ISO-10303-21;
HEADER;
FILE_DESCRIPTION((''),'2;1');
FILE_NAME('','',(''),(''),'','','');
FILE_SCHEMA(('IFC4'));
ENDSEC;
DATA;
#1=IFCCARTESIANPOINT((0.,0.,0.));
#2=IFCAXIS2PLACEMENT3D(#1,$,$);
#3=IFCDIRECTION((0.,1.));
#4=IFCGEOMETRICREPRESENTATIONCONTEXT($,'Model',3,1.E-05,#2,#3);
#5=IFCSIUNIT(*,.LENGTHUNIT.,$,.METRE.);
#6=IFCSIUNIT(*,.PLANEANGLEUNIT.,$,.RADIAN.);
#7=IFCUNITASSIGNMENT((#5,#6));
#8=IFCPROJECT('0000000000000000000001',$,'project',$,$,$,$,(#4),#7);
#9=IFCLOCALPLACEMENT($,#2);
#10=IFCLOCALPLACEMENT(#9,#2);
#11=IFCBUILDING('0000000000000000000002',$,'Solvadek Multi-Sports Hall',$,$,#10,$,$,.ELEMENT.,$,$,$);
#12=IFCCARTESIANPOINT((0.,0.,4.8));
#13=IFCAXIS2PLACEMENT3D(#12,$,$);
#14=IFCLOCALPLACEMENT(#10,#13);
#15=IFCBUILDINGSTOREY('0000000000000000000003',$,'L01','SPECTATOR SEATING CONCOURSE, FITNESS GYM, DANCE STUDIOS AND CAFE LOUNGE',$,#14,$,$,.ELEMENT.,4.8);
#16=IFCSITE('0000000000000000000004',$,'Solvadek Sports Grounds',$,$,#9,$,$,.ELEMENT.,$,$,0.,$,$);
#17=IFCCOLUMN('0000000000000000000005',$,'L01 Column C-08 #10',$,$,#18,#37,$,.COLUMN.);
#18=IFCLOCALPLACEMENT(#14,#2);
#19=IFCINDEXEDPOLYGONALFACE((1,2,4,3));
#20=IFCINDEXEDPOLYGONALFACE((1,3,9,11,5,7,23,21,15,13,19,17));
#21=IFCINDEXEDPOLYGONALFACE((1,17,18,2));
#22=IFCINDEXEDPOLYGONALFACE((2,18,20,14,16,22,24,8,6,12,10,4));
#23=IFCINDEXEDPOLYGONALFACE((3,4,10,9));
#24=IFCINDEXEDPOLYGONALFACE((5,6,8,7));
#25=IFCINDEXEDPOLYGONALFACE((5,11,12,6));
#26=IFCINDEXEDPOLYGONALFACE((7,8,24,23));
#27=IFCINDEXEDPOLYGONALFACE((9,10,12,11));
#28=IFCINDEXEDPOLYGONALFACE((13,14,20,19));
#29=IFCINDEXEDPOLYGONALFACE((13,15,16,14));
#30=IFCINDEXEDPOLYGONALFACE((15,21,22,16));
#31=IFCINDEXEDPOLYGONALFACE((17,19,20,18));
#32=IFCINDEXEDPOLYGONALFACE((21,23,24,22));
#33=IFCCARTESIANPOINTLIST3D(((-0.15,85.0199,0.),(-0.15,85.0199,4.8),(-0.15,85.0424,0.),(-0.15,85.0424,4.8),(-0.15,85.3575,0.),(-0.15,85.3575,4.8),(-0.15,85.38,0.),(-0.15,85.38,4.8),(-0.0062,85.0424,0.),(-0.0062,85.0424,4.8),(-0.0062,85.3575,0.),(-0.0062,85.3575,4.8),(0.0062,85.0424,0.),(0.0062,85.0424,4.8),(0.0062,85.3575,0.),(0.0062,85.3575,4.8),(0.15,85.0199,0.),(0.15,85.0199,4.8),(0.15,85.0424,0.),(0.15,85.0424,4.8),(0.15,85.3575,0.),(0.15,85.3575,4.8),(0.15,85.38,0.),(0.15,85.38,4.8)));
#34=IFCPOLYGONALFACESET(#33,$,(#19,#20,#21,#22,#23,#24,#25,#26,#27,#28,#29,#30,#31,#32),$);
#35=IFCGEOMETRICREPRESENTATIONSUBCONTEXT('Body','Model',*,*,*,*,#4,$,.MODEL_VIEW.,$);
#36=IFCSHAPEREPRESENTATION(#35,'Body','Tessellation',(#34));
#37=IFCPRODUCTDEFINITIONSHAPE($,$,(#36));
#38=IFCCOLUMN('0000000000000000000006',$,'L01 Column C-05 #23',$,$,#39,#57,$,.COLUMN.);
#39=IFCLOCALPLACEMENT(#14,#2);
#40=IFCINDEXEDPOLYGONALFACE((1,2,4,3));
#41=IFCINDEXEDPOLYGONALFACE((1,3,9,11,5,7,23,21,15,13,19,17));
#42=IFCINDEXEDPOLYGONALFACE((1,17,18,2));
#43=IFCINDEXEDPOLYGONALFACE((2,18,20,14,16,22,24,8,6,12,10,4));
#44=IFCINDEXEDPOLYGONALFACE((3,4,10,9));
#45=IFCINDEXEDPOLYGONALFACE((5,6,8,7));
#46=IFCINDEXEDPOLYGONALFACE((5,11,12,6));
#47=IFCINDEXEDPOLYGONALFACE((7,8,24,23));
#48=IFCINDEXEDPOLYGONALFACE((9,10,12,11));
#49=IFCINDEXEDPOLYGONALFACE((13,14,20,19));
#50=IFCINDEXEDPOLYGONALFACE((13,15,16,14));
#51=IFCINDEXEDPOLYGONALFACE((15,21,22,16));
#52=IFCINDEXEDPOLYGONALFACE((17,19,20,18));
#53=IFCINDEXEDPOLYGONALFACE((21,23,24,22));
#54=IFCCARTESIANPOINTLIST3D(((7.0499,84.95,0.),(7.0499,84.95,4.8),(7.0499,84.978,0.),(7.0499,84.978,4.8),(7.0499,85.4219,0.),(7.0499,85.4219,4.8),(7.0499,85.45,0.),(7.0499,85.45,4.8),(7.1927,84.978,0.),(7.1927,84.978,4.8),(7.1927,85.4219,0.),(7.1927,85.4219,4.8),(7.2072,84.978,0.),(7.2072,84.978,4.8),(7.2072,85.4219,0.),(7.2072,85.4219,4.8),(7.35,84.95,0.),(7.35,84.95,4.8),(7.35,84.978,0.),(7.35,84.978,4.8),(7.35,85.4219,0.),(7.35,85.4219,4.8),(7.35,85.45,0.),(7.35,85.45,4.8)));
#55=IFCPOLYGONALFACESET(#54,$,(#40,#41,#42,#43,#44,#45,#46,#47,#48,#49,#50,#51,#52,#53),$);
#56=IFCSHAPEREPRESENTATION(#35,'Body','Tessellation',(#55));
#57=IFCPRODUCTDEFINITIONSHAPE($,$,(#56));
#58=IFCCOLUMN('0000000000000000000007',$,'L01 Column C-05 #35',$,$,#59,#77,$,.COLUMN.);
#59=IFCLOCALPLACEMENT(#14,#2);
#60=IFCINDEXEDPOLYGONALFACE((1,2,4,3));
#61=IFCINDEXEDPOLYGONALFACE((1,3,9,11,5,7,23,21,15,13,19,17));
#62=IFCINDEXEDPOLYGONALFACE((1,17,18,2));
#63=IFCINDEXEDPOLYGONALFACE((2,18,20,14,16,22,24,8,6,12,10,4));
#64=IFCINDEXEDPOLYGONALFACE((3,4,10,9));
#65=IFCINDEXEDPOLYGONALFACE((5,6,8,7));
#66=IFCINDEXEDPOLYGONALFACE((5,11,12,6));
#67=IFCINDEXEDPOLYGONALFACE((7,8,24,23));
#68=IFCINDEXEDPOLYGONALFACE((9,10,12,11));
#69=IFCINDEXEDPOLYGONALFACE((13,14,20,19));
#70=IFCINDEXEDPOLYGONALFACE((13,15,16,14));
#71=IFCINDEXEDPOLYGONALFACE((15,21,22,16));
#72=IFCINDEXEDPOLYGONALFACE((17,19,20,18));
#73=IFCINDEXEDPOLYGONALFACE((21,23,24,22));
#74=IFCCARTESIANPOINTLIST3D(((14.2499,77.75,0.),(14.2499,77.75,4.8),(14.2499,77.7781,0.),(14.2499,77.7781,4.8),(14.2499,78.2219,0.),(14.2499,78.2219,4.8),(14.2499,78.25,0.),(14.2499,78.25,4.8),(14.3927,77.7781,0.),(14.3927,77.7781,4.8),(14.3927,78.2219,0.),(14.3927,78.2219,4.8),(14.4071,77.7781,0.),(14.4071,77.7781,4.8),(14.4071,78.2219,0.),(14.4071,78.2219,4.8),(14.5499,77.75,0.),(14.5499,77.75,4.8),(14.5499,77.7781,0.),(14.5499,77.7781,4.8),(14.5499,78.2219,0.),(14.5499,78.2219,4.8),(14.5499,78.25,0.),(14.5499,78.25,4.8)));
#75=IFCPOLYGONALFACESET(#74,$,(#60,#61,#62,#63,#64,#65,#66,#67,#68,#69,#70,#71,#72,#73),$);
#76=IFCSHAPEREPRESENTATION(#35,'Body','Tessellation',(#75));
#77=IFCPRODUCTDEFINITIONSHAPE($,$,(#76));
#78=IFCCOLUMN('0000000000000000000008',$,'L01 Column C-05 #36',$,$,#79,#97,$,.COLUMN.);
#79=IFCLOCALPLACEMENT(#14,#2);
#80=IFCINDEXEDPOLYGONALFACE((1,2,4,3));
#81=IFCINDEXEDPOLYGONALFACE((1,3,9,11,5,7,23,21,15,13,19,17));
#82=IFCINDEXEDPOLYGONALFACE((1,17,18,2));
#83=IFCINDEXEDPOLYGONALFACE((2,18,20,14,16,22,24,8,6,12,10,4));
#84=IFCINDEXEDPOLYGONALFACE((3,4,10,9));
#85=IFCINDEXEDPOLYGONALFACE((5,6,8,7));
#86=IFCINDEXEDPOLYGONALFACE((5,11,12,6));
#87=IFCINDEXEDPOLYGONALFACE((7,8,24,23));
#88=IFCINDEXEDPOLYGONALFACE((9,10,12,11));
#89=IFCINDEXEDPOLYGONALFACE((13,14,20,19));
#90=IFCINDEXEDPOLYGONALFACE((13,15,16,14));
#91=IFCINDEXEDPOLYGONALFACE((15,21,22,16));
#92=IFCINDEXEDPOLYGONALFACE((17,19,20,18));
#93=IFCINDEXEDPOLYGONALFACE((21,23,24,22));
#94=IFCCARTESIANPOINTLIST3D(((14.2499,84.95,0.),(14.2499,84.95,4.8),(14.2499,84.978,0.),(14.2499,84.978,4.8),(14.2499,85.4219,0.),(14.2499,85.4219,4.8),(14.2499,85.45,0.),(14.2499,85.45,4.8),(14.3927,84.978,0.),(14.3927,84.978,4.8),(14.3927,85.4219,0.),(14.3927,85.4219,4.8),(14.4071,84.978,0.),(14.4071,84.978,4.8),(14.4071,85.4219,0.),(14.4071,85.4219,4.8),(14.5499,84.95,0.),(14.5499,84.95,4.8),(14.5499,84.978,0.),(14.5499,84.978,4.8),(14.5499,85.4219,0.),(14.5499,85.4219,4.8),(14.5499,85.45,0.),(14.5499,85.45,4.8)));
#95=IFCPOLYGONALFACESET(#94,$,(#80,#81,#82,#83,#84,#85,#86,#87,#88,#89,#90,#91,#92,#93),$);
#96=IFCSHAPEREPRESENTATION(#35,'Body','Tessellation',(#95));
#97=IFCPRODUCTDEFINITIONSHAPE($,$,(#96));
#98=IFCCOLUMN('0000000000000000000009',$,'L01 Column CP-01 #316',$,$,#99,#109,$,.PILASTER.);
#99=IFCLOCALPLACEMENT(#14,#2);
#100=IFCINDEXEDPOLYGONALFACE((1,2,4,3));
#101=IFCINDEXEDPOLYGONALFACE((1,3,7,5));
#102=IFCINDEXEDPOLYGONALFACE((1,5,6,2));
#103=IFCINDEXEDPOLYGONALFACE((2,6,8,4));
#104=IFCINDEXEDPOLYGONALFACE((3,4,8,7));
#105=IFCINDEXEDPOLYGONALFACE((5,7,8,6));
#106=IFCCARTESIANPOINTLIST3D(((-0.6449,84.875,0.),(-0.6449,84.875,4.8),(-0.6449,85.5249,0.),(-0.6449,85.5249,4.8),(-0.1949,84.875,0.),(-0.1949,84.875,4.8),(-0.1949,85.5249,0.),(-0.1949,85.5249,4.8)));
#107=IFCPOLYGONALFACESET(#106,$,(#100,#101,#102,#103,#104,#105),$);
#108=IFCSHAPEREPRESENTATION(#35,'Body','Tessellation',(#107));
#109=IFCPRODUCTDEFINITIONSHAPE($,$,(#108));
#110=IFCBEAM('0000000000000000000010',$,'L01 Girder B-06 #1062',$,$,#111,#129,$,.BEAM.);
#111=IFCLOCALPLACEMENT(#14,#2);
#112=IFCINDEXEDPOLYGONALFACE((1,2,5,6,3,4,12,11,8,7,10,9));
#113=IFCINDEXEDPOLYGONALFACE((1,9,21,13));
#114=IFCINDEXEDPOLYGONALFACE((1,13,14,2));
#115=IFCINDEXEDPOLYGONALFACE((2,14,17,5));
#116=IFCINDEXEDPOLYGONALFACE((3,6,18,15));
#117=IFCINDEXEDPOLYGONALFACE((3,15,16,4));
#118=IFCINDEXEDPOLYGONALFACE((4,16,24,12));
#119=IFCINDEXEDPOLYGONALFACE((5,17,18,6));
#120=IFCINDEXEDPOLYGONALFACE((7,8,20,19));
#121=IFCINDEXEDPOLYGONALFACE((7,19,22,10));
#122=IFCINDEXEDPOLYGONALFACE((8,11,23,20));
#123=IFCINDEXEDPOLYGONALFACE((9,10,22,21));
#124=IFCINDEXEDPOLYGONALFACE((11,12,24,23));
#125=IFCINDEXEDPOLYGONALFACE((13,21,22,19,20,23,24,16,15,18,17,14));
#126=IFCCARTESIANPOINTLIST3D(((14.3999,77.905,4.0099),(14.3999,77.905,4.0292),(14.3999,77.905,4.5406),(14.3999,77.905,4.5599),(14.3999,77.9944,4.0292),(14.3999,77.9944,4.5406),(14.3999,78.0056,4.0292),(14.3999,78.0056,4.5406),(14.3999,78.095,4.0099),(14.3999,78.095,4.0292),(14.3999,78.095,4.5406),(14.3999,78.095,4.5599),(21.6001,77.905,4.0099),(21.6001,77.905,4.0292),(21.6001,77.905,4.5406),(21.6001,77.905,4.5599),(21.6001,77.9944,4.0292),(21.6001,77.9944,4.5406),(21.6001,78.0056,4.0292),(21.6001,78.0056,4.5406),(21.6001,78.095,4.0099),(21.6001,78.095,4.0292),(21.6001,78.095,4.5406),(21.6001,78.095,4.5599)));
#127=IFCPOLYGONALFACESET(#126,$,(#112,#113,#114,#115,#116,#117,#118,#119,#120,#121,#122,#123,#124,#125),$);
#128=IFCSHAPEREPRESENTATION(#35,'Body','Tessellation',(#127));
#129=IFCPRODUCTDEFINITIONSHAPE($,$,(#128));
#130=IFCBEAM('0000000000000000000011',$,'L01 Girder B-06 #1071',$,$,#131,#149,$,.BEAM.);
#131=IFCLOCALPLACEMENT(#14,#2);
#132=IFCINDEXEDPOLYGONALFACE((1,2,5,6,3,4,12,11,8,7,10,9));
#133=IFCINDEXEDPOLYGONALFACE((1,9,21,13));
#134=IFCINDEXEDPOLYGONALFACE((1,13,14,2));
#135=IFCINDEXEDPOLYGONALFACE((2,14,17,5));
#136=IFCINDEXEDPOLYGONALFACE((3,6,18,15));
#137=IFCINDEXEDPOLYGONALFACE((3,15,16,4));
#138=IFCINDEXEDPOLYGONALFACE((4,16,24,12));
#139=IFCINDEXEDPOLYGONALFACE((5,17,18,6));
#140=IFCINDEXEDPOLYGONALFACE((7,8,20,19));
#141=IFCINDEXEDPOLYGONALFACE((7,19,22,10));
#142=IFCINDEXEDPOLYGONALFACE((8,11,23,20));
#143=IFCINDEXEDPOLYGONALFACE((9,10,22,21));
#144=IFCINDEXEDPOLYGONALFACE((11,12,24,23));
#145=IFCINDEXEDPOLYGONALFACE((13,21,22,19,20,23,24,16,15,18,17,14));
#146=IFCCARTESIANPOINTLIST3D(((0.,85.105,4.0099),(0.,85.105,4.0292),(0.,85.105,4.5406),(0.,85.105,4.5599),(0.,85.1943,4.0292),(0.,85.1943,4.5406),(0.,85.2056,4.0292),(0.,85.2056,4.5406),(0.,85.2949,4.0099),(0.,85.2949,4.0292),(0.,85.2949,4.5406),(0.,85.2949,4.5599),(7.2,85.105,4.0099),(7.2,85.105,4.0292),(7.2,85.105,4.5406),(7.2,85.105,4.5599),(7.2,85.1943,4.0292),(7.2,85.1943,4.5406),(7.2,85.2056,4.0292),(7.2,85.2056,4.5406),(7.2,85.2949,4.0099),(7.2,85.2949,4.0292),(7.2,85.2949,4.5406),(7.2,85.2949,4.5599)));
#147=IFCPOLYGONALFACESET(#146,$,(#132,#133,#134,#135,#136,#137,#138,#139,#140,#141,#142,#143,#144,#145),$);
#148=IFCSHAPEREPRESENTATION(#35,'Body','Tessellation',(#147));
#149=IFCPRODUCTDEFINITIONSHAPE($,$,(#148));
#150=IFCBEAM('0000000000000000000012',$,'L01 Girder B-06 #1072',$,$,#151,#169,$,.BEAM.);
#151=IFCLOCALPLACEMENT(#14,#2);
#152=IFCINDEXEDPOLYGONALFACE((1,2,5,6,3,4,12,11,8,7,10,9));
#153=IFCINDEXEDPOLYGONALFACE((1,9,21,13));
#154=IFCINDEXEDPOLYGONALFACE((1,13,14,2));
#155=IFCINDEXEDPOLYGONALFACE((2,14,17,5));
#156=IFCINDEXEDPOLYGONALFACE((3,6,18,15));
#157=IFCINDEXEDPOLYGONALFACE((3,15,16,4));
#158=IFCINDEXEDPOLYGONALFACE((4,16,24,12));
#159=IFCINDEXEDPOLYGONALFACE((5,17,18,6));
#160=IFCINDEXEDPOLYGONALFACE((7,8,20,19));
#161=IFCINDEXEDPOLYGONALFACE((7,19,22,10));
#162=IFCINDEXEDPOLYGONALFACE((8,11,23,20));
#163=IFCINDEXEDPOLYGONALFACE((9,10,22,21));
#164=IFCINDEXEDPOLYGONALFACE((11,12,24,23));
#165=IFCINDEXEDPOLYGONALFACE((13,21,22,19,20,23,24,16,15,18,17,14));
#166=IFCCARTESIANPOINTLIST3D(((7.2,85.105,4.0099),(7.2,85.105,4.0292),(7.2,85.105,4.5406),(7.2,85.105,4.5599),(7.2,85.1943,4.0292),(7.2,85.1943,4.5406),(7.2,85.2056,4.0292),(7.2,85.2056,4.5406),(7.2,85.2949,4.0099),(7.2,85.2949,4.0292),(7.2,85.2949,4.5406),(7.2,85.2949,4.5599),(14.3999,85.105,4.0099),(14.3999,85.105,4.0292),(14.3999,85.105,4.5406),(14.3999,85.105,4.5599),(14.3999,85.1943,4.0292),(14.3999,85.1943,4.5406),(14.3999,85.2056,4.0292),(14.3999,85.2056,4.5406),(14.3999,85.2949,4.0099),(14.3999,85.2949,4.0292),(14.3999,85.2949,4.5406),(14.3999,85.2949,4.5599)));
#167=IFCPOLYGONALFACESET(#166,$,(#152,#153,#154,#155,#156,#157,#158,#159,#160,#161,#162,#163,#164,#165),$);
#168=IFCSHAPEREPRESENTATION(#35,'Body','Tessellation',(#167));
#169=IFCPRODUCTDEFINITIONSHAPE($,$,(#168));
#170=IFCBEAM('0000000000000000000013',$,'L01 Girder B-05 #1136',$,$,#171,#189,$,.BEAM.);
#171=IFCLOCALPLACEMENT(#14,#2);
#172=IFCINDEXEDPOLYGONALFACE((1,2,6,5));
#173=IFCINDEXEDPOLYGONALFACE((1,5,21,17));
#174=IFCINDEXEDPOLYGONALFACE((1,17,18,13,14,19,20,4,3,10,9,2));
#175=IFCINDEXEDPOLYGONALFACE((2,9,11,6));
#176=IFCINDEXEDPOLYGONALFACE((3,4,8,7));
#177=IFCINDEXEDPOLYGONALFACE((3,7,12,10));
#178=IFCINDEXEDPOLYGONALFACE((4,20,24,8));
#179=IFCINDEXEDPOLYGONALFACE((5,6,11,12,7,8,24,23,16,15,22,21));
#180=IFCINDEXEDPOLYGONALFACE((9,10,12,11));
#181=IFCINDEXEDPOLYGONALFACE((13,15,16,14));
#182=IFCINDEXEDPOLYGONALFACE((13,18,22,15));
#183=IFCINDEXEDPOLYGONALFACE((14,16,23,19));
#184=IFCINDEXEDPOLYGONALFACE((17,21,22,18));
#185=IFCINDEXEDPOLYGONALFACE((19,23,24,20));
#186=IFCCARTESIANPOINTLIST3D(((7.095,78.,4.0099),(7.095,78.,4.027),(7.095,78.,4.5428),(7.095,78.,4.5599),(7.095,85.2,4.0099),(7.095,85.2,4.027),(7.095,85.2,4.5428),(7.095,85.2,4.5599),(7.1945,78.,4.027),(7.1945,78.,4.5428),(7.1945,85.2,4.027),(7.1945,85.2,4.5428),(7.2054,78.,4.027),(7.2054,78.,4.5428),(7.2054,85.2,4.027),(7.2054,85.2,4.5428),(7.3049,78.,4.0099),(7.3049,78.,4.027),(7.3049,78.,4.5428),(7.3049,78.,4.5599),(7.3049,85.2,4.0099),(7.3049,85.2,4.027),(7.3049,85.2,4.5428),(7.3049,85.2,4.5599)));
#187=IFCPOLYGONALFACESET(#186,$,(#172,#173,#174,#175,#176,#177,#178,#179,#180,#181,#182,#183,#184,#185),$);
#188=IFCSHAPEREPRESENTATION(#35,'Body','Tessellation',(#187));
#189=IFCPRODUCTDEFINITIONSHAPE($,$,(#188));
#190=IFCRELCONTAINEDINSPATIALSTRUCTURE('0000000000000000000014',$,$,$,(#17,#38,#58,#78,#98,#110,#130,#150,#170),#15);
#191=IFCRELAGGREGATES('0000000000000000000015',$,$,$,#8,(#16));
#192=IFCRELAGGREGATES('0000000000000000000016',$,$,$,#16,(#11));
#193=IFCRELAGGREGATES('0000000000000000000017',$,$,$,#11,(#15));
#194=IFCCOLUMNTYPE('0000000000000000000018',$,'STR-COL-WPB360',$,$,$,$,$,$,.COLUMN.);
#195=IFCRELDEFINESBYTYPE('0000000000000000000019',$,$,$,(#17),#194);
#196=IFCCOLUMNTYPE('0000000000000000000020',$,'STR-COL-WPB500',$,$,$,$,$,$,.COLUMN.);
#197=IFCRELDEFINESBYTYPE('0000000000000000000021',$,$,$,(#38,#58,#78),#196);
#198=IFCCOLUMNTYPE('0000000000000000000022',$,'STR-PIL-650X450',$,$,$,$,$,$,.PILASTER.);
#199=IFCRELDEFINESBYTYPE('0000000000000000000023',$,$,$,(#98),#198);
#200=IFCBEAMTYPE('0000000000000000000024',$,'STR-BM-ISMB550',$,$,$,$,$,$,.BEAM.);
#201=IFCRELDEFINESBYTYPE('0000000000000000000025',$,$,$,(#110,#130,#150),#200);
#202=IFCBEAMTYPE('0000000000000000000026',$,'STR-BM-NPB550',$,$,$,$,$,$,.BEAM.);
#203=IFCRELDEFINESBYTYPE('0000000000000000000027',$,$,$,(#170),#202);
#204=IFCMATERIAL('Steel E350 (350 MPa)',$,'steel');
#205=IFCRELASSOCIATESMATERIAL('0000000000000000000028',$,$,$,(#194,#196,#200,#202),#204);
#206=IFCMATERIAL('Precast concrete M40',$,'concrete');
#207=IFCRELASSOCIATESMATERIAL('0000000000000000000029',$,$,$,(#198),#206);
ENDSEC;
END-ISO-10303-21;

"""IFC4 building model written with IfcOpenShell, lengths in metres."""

from ifc_helpers import new_model, si_unit, direction, frame, origin, origin_2d, place, context, subcontext, project, spatial, rectangle, i_section, extrude, material, material_profile, profile_set, type_object, element, save


model = new_model("IFC4")

# Units and contexts
model_context = context("Model", 3, precision=1e-05, world=origin(), true_north=direction((0.0, 1.0)))
body_context = subcontext(model_context, "Body", "Model", "MODEL_VIEW")
ifc_project = project(units=[si_unit("LENGTHUNIT", "METRE"), si_unit("PLANEANGLEUNIT", "RADIAN")], contexts=[model_context])

# Site, building, storey
site_placement = place(None, origin())
site = spatial("IfcSite", under=ifc_project, at=site_placement, Name="Solvadek Sports Grounds", CompositionType="ELEMENT", RefElevation=0.0)
building_placement = place(site_placement, origin())
building = spatial("IfcBuilding", under=site, at=building_placement, Name="Solvadek Multi-Sports Hall", CompositionType="ELEMENT")
storey_placement = place(building_placement, frame((0.0, 0.0, 4.8)))
storey = spatial("IfcBuildingStorey", under=building, at=storey_placement, Name="L01", Description="SPECTATOR SEATING CONCOURSE, FITNESS GYM, DANCE STUDIOS AND CAFE LOUNGE", CompositionType="ELEMENT", Elevation=4.8)

# Columns
ifc_material_1 = material(Name="Steel E350 (350 MPa)", Category="steel")
ifc_material_profile_1 = material_profile(ifc_material_1, i_section(OverallWidth=0.3, OverallDepth=0.3601, WebThickness=0.0125, FlangeThickness=0.0225, at=origin_2d()), Name="WPB 360")
ifc_profile_set_1 = profile_set([ifc_material_profile_1], Name="Steel E350 (350 MPa)")
column_type_1 = type_object("IfcColumnType", Name="STR-COL-WPB360", PredefinedType="COLUMN", material=ifc_profile_set_1)
column_1_placement = place(storey_placement, frame((0.0, 85.2, 0.0), z_axis=(0.0, 0.0, 1.0), x_axis=(1.0, 0.0, 0.0)))
element("IfcColumn", 1, at=column_1_placement, inside=storey, type_object=column_type_1, Name="L01 Column C-08 #10", PredefinedType="COLUMN", context=body_context, shape_type="SweptSolid", body=[
    extrude(i_section(OverallWidth=0.3, OverallDepth=0.3601, WebThickness=0.0125, FlangeThickness=0.0225, at=origin_2d()), origin(), (0.0, 0.0, 1.0), 4.8),
])
ifc_material_profile_2 = material_profile(ifc_material_1, i_section(OverallWidth=0.3, OverallDepth=0.5, WebThickness=0.0144, FlangeThickness=0.0281, at=origin_2d()), Name="WPB 500")
ifc_profile_set_2 = profile_set([ifc_material_profile_2], Name="Steel E350 (350 MPa)")
column_type_2 = type_object("IfcColumnType", Name="STR-COL-WPB500", PredefinedType="COLUMN", material=ifc_profile_set_2)
for number, where, z_axis, x_axis, name in (
    (2, (7.2, 85.2, 0.0), (0.0, 0.0, 1.0), (1.0, 0.0, 0.0), "L01 Column C-05 #23"),
    (3, (14.3999, 78.0, 0.0), (0.0, 0.0, 1.0), (1.0, 0.0, 0.0), "L01 Column C-05 #35"),
    (4, (14.3999, 85.2, 0.0), (0.0, 0.0, 1.0), (1.0, 0.0, 0.0), "L01 Column C-05 #36"),
):
    element("IfcColumn", number, at=place(storey_placement, frame(where, z_axis=z_axis, x_axis=x_axis)), inside=storey, type_object=column_type_2, Name=name, PredefinedType="COLUMN", context=body_context, shape_type="SweptSolid", body=[
        extrude(i_section(OverallWidth=0.3, OverallDepth=0.5, WebThickness=0.0144, FlangeThickness=0.0281, at=origin_2d()), origin(), (0.0, 0.0, 1.0), 4.8),
    ])
ifc_material_2 = material(Name="Precast concrete M40", Category="concrete")
ifc_material_profile_3 = material_profile(ifc_material_2, rectangle(XDim=0.45, YDim=0.6499, at=origin_2d()), Name="RC PILASTER 650x450")
ifc_profile_set_3 = profile_set([ifc_material_profile_3], Name="Precast concrete M40")
column_type_3 = type_object("IfcColumnType", Name="STR-PIL-650X450", PredefinedType="PILASTER", material=ifc_profile_set_3)
column_2_placement = place(storey_placement, frame((-0.4199, 85.2, 0.0), z_axis=(0.0, 0.0, 1.0), x_axis=(1.0, 0.0, 0.0)))
element("IfcColumn", 5, at=column_2_placement, inside=storey, type_object=column_type_3, Name="L01 Column CP-01 #316", PredefinedType="PILASTER", context=body_context, shape_type="SweptSolid", body=[
    extrude(rectangle(XDim=0.45, YDim=0.6499, at=origin_2d()), origin(), (0.0, 0.0, 1.0), 4.8),
])

# Beams
ifc_material_profile_4 = material_profile(ifc_material_1, i_section(OverallWidth=0.1899, OverallDepth=0.55, WebThickness=0.0112, FlangeThickness=0.0193, at=origin_2d()), Name="ISMB 550")
ifc_profile_set_4 = profile_set([ifc_material_profile_4], Name="Steel E350 (350 MPa)")
beam_type_1 = type_object("IfcBeamType", Name="STR-BM-ISMB550", PredefinedType="BEAM", material=ifc_profile_set_4)
beam_1_placement = place(storey_placement, frame((14.3999, 78.0, 4.2849), z_axis=(1.0, 0.0, 0.0), x_axis=(0.0, 1.0, 0.0)))
element("IfcBeam", 6, at=beam_1_placement, inside=storey, type_object=beam_type_1, Name="L01 Girder B-06 #1062", PredefinedType="BEAM", context=body_context, shape_type="SweptSolid", body=[
    extrude(i_section(OverallWidth=0.1899, OverallDepth=0.55, WebThickness=0.0112, FlangeThickness=0.0193, at=origin_2d()), origin(), (0.0, 0.0, 1.0), 7.2002),
])
for number, where, z_axis, x_axis, name in (
    (7, (0.0, 85.2, 4.2849), (1.0, 0.0, 0.0), (0.0, 1.0, 0.0), "L01 Girder B-06 #1071"),
    (8, (7.2, 85.2, 4.2849), (1.0, 0.0, 0.0), (0.0, 1.0, 0.0), "L01 Girder B-06 #1072"),
):
    element("IfcBeam", number, at=place(storey_placement, frame(where, z_axis=z_axis, x_axis=x_axis)), inside=storey, type_object=beam_type_1, Name=name, PredefinedType="BEAM", context=body_context, shape_type="SweptSolid", body=[
        extrude(i_section(OverallWidth=0.1899, OverallDepth=0.55, WebThickness=0.0112, FlangeThickness=0.0193, at=origin_2d()), origin(), (0.0, 0.0, 1.0), 7.2),
    ])
ifc_material_profile_5 = material_profile(ifc_material_1, i_section(OverallWidth=0.21, OverallDepth=0.55, WebThickness=0.011, FlangeThickness=0.0171, at=origin_2d()), Name="NPB 550")
ifc_profile_set_5 = profile_set([ifc_material_profile_5], Name="Steel E350 (350 MPa)")
beam_type_2 = type_object("IfcBeamType", Name="STR-BM-NPB550", PredefinedType="BEAM", material=ifc_profile_set_5)
for number, where, z_axis, x_axis, name in (
    (9, (7.2, 78.0, 4.2849), (0.0, 1.0, 0.0), (-1.0, 0.0, 0.0), "L01 Girder B-05 #1136"),
):
    element("IfcBeam", number, at=place(storey_placement, frame(where, z_axis=z_axis, x_axis=x_axis)), inside=storey, type_object=beam_type_2, Name=name, PredefinedType="BEAM", context=body_context, shape_type="SweptSolid", body=[
        extrude(i_section(OverallWidth=0.21, OverallDepth=0.55, WebThickness=0.011, FlangeThickness=0.0171, at=origin_2d()), origin(), (0.0, 0.0, 1.0), 7.2),
    ])

save(model, "model.ifc")
